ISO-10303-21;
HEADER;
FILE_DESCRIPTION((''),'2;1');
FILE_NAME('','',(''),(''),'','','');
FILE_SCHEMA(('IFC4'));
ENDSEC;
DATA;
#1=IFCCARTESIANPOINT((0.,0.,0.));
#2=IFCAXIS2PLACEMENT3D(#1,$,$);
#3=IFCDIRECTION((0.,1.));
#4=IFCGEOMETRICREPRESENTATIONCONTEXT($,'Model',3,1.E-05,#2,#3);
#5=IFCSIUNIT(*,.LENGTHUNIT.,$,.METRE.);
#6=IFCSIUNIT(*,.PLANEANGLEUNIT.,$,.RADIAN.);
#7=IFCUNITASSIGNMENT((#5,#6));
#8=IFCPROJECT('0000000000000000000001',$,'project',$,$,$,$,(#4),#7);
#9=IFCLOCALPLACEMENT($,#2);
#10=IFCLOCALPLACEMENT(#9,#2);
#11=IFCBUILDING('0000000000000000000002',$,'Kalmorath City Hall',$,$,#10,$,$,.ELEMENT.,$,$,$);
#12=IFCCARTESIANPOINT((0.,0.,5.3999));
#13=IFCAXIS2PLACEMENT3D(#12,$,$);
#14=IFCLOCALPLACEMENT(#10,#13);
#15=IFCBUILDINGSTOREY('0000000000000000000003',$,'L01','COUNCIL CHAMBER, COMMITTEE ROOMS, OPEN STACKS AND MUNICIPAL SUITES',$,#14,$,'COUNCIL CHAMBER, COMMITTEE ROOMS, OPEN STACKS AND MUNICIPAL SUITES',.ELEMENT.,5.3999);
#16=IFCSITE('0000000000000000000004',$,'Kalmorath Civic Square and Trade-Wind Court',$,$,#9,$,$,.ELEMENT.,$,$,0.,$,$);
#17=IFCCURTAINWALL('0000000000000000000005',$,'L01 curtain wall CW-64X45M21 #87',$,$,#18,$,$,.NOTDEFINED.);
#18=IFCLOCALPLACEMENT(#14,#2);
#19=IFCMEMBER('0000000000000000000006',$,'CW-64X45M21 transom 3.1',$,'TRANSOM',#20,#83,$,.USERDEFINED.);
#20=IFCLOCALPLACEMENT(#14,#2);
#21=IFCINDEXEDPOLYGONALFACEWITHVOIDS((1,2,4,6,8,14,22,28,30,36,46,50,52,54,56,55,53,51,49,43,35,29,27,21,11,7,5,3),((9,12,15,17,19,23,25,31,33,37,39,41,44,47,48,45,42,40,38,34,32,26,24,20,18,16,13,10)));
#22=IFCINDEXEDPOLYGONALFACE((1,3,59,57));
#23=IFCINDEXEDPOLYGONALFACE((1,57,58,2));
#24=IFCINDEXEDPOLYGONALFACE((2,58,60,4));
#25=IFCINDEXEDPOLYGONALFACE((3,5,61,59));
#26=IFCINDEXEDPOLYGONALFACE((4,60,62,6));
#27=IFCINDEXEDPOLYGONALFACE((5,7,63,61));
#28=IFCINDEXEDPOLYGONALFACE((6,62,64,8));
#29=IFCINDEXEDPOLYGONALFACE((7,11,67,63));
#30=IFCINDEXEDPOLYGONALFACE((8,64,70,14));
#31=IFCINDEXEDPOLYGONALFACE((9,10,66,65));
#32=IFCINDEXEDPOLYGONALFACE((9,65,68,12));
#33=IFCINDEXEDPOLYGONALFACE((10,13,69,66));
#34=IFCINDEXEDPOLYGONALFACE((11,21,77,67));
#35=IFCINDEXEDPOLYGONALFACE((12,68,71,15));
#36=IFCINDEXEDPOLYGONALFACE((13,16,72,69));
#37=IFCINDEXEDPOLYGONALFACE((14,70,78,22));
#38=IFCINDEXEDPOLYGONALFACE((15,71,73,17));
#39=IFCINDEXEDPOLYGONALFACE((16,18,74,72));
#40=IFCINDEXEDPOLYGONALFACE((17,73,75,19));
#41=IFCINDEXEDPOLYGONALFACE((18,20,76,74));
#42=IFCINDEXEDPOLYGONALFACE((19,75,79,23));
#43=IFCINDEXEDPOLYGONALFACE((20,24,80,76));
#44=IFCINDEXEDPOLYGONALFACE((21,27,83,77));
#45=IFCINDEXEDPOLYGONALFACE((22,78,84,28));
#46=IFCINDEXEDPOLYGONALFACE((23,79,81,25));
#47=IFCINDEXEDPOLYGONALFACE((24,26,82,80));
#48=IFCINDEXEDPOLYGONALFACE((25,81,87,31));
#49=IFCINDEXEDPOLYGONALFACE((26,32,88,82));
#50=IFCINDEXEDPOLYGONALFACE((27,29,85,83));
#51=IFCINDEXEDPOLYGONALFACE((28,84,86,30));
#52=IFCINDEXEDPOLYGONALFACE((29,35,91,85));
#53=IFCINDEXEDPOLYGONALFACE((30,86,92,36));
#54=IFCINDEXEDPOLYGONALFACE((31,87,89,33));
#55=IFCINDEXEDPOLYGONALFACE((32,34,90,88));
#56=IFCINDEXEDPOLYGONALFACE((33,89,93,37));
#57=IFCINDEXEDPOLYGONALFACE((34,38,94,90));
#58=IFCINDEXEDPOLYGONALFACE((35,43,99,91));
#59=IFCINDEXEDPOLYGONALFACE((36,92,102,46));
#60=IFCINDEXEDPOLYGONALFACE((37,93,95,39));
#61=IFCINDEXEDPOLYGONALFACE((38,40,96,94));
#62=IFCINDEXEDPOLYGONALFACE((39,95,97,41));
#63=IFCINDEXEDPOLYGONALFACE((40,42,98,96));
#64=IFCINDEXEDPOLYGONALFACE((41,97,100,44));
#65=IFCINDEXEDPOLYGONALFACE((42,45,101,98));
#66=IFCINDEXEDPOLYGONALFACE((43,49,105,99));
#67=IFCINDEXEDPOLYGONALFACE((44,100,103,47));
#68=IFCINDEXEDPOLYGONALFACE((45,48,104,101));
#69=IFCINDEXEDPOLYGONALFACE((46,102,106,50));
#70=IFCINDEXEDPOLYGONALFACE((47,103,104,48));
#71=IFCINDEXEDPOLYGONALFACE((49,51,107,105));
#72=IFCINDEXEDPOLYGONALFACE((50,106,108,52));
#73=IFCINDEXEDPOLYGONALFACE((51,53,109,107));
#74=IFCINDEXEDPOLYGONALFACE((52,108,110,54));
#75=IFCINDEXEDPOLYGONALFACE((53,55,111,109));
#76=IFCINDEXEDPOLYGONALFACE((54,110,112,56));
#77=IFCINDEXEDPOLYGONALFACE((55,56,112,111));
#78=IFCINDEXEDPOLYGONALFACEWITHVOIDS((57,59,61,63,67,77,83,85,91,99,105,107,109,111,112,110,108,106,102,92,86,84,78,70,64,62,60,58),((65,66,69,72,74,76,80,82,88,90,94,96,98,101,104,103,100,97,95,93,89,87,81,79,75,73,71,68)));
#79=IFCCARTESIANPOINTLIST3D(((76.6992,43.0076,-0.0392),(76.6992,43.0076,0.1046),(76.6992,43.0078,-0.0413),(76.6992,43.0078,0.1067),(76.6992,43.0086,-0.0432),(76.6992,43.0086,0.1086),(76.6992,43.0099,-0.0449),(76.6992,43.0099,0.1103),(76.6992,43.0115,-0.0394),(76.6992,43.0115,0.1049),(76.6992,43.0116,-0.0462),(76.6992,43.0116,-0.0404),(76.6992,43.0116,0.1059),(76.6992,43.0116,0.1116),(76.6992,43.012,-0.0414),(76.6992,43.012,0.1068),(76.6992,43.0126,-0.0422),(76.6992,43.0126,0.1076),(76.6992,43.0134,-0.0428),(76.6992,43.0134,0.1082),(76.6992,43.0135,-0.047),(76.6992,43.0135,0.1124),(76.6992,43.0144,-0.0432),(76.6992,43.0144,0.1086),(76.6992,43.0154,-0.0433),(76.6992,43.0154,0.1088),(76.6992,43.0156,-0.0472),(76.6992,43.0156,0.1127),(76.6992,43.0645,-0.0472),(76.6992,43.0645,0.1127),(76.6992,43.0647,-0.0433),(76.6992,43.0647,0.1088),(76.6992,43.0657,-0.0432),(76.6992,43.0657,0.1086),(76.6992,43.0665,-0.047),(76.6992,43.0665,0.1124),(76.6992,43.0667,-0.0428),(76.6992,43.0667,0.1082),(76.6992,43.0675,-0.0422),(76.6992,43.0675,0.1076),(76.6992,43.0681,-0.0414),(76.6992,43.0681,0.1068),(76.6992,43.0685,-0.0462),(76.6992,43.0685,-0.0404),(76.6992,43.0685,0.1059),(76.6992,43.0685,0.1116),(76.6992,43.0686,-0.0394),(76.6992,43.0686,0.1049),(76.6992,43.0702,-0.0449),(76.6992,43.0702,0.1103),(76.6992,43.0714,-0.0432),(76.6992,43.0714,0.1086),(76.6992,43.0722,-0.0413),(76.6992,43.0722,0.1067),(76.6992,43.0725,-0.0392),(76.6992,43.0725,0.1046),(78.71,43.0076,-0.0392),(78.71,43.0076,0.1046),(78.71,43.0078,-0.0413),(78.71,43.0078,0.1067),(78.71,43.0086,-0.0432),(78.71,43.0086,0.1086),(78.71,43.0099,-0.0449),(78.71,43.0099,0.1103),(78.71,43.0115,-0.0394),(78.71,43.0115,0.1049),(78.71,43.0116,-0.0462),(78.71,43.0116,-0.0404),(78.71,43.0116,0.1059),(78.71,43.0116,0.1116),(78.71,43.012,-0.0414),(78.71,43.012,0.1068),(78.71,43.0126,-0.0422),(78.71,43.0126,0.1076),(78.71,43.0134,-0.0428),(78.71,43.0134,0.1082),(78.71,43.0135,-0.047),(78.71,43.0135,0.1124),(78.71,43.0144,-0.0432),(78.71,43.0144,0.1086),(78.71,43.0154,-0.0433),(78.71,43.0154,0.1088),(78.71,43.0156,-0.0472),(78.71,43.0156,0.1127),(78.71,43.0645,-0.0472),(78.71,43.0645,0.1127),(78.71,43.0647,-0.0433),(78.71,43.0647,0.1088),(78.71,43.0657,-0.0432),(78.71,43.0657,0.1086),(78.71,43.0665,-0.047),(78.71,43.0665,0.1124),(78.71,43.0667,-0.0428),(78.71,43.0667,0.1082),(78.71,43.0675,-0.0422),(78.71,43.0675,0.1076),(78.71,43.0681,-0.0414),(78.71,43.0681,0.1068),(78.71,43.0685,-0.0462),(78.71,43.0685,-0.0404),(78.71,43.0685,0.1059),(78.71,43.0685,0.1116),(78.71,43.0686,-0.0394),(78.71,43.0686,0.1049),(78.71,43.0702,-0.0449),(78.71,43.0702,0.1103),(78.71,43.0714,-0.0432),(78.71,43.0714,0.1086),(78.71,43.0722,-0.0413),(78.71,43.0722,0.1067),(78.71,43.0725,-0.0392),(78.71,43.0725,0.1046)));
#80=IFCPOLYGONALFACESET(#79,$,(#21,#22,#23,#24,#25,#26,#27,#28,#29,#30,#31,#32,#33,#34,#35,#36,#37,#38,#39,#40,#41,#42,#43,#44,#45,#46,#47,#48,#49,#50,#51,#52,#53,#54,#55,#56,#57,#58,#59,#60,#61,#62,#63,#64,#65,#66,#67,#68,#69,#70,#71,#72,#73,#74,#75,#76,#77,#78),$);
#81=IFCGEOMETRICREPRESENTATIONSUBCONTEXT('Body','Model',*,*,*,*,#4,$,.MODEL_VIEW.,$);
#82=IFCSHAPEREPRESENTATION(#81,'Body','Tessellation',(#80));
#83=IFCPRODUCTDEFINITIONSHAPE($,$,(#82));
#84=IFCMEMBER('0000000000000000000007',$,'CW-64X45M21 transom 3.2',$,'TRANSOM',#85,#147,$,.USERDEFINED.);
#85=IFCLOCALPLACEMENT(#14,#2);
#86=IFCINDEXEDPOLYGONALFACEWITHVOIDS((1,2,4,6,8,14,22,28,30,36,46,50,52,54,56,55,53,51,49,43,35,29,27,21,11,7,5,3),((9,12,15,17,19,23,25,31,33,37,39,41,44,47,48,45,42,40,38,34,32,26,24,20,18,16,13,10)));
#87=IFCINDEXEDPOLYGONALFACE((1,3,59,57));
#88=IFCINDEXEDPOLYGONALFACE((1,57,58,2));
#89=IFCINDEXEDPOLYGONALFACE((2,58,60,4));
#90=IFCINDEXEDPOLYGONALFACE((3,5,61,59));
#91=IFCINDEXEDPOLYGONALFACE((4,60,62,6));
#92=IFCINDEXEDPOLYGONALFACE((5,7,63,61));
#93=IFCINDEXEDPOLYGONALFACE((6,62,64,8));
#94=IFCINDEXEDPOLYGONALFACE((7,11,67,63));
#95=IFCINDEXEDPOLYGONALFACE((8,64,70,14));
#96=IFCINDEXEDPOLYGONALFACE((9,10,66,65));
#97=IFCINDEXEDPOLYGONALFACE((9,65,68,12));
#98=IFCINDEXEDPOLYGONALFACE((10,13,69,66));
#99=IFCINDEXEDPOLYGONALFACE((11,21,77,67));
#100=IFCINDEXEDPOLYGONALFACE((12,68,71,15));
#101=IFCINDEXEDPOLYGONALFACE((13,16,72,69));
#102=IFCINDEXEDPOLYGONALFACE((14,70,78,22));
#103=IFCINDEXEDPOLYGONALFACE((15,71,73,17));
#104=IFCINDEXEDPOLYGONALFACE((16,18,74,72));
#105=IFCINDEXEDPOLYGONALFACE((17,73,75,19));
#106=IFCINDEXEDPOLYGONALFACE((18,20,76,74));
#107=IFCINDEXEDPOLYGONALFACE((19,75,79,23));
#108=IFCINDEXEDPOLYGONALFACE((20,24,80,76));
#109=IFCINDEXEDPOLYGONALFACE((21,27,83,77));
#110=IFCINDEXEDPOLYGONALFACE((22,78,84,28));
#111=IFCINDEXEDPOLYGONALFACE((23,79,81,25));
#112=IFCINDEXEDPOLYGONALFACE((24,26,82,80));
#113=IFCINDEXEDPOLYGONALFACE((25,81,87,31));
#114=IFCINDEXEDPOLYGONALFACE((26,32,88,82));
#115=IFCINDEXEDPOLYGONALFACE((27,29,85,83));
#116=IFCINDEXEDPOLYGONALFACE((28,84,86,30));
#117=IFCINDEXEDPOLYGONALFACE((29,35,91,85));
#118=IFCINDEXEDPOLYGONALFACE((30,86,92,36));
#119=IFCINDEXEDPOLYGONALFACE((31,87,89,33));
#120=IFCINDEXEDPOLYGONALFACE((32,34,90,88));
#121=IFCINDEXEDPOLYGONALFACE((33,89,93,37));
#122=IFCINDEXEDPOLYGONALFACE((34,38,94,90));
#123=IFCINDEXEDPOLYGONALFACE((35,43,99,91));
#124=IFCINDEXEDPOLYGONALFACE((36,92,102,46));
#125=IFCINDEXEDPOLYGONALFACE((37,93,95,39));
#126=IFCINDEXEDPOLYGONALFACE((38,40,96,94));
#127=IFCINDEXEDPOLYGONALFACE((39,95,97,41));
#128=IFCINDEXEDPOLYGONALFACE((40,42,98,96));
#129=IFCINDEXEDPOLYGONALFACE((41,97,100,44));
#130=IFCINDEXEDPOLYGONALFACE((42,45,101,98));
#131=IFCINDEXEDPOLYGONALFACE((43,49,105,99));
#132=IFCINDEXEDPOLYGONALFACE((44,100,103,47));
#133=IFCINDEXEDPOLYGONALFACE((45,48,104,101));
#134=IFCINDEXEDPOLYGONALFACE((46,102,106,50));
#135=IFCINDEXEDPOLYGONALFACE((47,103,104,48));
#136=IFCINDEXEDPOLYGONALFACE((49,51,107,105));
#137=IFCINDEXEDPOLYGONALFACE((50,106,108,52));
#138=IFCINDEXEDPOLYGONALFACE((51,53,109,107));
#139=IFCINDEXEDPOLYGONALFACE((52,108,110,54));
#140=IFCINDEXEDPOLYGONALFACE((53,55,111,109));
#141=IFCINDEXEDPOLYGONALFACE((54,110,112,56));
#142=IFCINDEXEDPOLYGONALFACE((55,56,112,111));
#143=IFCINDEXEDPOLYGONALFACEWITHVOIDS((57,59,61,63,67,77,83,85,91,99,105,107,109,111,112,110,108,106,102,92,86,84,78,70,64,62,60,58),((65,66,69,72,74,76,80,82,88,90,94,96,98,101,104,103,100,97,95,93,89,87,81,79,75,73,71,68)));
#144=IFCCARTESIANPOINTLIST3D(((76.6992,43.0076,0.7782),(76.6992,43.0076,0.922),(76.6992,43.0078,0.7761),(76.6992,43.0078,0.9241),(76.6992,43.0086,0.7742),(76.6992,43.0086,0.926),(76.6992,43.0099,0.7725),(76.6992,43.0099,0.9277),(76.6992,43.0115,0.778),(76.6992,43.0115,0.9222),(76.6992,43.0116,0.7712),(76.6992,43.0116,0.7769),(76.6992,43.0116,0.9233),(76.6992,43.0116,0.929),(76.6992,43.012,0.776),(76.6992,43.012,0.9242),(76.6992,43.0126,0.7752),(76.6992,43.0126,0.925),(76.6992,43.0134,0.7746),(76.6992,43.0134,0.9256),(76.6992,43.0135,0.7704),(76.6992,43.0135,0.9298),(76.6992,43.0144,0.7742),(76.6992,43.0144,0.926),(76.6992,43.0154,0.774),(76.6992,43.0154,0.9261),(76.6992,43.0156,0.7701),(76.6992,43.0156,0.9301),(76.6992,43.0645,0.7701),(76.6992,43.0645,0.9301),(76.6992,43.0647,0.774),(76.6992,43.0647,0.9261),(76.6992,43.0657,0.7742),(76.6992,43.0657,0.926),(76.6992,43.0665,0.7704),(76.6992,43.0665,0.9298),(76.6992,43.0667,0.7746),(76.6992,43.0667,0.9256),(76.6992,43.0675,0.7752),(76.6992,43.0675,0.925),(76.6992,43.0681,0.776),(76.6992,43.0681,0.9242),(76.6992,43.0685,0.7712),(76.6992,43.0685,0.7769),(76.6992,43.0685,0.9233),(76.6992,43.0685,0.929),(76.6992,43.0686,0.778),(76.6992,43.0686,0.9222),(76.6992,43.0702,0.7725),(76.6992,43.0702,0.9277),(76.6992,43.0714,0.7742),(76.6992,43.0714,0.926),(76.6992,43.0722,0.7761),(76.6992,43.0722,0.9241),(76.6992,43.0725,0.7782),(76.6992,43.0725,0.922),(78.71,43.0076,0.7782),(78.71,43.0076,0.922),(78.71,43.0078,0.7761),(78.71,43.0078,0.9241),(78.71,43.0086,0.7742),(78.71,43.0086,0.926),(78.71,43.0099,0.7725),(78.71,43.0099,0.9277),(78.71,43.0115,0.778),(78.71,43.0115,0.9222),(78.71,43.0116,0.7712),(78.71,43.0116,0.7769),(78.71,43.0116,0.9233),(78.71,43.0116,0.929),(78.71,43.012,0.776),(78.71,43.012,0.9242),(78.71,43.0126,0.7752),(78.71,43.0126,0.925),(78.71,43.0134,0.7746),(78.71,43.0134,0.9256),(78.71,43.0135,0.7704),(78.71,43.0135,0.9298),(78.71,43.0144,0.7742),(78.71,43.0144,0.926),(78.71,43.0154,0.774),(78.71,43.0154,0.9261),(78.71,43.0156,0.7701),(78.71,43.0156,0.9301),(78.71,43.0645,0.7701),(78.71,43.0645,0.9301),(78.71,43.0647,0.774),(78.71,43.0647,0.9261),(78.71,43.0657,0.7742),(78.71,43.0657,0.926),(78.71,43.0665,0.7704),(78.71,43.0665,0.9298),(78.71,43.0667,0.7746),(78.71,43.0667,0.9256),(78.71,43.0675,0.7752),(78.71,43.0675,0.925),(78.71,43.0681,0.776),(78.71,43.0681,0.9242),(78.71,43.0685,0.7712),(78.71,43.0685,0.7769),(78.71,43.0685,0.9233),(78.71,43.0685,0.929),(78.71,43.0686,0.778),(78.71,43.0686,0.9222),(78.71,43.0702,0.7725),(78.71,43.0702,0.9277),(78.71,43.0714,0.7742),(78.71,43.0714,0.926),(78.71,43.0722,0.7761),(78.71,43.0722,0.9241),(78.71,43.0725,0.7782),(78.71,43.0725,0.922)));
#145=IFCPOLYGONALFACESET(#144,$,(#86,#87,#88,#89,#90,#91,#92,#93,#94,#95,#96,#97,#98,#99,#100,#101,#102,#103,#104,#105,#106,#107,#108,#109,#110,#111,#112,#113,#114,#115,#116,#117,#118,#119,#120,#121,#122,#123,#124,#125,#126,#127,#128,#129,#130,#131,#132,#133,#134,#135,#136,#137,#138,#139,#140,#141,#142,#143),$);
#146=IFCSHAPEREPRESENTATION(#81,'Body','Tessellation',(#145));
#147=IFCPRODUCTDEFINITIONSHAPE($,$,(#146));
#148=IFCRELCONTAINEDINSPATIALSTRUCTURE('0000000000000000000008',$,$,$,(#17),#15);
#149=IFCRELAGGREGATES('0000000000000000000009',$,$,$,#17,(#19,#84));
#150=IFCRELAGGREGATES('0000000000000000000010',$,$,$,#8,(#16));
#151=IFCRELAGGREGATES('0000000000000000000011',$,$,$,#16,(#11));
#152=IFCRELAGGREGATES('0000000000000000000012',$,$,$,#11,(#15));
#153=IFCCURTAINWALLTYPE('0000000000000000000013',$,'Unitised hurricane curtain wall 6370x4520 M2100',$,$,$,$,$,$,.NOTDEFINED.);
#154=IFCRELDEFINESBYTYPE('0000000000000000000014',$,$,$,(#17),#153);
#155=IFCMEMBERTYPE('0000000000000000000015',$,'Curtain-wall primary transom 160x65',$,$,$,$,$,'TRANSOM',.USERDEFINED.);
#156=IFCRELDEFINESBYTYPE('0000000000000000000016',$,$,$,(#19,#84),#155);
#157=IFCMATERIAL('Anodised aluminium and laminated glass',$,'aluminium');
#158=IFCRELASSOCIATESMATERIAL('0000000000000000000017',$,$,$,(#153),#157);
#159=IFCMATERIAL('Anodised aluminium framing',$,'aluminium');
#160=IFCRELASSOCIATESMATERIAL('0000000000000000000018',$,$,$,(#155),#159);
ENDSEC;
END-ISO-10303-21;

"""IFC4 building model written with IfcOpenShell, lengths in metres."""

from ifc_helpers import new_model, si_unit, direction, frame, origin, origin_2d, place, context, subcontext, project, spatial, hollow_rectangle, extrude, material, material_profile, profile_set, type_object, element, aggregate, save


model = new_model("IFC4")

# Units and contexts
model_context = context("Model", 3, precision=1e-05, world=origin(), true_north=direction((0.0, 1.0)))
body_context = subcontext(model_context, "Body", "Model", "MODEL_VIEW")
ifc_project = project(units=[si_unit("LENGTHUNIT", "METRE"), si_unit("PLANEANGLEUNIT", "RADIAN")], contexts=[model_context])

# Site, building, storey
site_placement = place(None, origin())
site = spatial("IfcSite", under=ifc_project, at=site_placement, Name="Kalmorath Civic Square and Trade-Wind Court", CompositionType="ELEMENT", RefElevation=0.0)
building_placement = place(site_placement, origin())
building = spatial("IfcBuilding", under=site, at=building_placement, Name="Kalmorath City Hall", CompositionType="ELEMENT")
storey_placement = place(building_placement, frame((0.0, 0.0, 5.3999)))
storey = spatial("IfcBuildingStorey", under=building, at=storey_placement, Name="L01", Description="COUNCIL CHAMBER, COMMITTEE ROOMS, OPEN STACKS AND MUNICIPAL SUITES", LongName="COUNCIL CHAMBER, COMMITTEE ROOMS, OPEN STACKS AND MUNICIPAL SUITES", CompositionType="ELEMENT", Elevation=5.3999)

# Curtain wall, members
ifc_material_1 = material(Name="Anodised aluminium and laminated glass", Category="aluminium")
curtain_wall_type = type_object("IfcCurtainWallType", Name="Unitised hurricane curtain wall 6370x4520 M2100", PredefinedType="NOTDEFINED", material=ifc_material_1)
curtain_wall_placement = place(storey_placement, origin())
curtain_wall = element("IfcCurtainWall", 1, at=curtain_wall_placement, inside=storey, type_object=curtain_wall_type, Name="L01 curtain wall CW-64X45M21 #87", PredefinedType="NOTDEFINED")
ifc_material_2 = material(Name="Anodised aluminium framing", Category="aluminium")
ifc_material_profile_1 = material_profile(ifc_material_2, hollow_rectangle(XDim=0.0649, YDim=0.1599, WallThickness=0.0039, InnerFilletRadius=0.0039, OuterFilletRadius=0.0081, at=origin_2d()), Name="ALU-TRN-160X65X4")
ifc_profile_set_1 = profile_set([ifc_material_profile_1], Name="Anodised aluminium framing")
member_type_1 = type_object("IfcMemberType", Name="Curtain-wall primary transom 160x65", ElementType="TRANSOM", PredefinedType="USERDEFINED", material=ifc_profile_set_1)
member_1_placement = place(storey_placement, frame((76.6992, 43.04, 0.0327), z_axis=(1.0, 0.0, 0.0), x_axis=(0.0, 1.0, 0.0)))
member_1 = element("IfcMember", 2, at=member_1_placement, type_object=member_type_1, Name="CW-64X45M21 transom 3.1", ObjectType="TRANSOM", PredefinedType="USERDEFINED", context=body_context, shape_type="SweptSolid", body=[
    extrude(hollow_rectangle(XDim=0.0649, YDim=0.1599, WallThickness=0.0039, InnerFilletRadius=0.0039, OuterFilletRadius=0.0081, at=origin_2d()), origin(), (0.0, 0.0, 1.0), 2.0107),
])
member_2_placement = place(storey_placement, frame((76.6992, 43.04, 0.8501), z_axis=(1.0, 0.0, 0.0), x_axis=(0.0, 1.0, 0.0)))
member_2 = element("IfcMember", 3, at=member_2_placement, type_object=member_type_1, Name="CW-64X45M21 transom 3.2", ObjectType="TRANSOM", PredefinedType="USERDEFINED", context=body_context, shape_type="SweptSolid", body=[
    extrude(hollow_rectangle(XDim=0.0649, YDim=0.1599, WallThickness=0.0039, InnerFilletRadius=0.0039, OuterFilletRadius=0.0081, at=origin_2d()), origin(), (0.0, 0.0, 1.0), 2.0107),
])
aggregate(curtain_wall, [member_1, member_2])

save(model, "model.ifc")
